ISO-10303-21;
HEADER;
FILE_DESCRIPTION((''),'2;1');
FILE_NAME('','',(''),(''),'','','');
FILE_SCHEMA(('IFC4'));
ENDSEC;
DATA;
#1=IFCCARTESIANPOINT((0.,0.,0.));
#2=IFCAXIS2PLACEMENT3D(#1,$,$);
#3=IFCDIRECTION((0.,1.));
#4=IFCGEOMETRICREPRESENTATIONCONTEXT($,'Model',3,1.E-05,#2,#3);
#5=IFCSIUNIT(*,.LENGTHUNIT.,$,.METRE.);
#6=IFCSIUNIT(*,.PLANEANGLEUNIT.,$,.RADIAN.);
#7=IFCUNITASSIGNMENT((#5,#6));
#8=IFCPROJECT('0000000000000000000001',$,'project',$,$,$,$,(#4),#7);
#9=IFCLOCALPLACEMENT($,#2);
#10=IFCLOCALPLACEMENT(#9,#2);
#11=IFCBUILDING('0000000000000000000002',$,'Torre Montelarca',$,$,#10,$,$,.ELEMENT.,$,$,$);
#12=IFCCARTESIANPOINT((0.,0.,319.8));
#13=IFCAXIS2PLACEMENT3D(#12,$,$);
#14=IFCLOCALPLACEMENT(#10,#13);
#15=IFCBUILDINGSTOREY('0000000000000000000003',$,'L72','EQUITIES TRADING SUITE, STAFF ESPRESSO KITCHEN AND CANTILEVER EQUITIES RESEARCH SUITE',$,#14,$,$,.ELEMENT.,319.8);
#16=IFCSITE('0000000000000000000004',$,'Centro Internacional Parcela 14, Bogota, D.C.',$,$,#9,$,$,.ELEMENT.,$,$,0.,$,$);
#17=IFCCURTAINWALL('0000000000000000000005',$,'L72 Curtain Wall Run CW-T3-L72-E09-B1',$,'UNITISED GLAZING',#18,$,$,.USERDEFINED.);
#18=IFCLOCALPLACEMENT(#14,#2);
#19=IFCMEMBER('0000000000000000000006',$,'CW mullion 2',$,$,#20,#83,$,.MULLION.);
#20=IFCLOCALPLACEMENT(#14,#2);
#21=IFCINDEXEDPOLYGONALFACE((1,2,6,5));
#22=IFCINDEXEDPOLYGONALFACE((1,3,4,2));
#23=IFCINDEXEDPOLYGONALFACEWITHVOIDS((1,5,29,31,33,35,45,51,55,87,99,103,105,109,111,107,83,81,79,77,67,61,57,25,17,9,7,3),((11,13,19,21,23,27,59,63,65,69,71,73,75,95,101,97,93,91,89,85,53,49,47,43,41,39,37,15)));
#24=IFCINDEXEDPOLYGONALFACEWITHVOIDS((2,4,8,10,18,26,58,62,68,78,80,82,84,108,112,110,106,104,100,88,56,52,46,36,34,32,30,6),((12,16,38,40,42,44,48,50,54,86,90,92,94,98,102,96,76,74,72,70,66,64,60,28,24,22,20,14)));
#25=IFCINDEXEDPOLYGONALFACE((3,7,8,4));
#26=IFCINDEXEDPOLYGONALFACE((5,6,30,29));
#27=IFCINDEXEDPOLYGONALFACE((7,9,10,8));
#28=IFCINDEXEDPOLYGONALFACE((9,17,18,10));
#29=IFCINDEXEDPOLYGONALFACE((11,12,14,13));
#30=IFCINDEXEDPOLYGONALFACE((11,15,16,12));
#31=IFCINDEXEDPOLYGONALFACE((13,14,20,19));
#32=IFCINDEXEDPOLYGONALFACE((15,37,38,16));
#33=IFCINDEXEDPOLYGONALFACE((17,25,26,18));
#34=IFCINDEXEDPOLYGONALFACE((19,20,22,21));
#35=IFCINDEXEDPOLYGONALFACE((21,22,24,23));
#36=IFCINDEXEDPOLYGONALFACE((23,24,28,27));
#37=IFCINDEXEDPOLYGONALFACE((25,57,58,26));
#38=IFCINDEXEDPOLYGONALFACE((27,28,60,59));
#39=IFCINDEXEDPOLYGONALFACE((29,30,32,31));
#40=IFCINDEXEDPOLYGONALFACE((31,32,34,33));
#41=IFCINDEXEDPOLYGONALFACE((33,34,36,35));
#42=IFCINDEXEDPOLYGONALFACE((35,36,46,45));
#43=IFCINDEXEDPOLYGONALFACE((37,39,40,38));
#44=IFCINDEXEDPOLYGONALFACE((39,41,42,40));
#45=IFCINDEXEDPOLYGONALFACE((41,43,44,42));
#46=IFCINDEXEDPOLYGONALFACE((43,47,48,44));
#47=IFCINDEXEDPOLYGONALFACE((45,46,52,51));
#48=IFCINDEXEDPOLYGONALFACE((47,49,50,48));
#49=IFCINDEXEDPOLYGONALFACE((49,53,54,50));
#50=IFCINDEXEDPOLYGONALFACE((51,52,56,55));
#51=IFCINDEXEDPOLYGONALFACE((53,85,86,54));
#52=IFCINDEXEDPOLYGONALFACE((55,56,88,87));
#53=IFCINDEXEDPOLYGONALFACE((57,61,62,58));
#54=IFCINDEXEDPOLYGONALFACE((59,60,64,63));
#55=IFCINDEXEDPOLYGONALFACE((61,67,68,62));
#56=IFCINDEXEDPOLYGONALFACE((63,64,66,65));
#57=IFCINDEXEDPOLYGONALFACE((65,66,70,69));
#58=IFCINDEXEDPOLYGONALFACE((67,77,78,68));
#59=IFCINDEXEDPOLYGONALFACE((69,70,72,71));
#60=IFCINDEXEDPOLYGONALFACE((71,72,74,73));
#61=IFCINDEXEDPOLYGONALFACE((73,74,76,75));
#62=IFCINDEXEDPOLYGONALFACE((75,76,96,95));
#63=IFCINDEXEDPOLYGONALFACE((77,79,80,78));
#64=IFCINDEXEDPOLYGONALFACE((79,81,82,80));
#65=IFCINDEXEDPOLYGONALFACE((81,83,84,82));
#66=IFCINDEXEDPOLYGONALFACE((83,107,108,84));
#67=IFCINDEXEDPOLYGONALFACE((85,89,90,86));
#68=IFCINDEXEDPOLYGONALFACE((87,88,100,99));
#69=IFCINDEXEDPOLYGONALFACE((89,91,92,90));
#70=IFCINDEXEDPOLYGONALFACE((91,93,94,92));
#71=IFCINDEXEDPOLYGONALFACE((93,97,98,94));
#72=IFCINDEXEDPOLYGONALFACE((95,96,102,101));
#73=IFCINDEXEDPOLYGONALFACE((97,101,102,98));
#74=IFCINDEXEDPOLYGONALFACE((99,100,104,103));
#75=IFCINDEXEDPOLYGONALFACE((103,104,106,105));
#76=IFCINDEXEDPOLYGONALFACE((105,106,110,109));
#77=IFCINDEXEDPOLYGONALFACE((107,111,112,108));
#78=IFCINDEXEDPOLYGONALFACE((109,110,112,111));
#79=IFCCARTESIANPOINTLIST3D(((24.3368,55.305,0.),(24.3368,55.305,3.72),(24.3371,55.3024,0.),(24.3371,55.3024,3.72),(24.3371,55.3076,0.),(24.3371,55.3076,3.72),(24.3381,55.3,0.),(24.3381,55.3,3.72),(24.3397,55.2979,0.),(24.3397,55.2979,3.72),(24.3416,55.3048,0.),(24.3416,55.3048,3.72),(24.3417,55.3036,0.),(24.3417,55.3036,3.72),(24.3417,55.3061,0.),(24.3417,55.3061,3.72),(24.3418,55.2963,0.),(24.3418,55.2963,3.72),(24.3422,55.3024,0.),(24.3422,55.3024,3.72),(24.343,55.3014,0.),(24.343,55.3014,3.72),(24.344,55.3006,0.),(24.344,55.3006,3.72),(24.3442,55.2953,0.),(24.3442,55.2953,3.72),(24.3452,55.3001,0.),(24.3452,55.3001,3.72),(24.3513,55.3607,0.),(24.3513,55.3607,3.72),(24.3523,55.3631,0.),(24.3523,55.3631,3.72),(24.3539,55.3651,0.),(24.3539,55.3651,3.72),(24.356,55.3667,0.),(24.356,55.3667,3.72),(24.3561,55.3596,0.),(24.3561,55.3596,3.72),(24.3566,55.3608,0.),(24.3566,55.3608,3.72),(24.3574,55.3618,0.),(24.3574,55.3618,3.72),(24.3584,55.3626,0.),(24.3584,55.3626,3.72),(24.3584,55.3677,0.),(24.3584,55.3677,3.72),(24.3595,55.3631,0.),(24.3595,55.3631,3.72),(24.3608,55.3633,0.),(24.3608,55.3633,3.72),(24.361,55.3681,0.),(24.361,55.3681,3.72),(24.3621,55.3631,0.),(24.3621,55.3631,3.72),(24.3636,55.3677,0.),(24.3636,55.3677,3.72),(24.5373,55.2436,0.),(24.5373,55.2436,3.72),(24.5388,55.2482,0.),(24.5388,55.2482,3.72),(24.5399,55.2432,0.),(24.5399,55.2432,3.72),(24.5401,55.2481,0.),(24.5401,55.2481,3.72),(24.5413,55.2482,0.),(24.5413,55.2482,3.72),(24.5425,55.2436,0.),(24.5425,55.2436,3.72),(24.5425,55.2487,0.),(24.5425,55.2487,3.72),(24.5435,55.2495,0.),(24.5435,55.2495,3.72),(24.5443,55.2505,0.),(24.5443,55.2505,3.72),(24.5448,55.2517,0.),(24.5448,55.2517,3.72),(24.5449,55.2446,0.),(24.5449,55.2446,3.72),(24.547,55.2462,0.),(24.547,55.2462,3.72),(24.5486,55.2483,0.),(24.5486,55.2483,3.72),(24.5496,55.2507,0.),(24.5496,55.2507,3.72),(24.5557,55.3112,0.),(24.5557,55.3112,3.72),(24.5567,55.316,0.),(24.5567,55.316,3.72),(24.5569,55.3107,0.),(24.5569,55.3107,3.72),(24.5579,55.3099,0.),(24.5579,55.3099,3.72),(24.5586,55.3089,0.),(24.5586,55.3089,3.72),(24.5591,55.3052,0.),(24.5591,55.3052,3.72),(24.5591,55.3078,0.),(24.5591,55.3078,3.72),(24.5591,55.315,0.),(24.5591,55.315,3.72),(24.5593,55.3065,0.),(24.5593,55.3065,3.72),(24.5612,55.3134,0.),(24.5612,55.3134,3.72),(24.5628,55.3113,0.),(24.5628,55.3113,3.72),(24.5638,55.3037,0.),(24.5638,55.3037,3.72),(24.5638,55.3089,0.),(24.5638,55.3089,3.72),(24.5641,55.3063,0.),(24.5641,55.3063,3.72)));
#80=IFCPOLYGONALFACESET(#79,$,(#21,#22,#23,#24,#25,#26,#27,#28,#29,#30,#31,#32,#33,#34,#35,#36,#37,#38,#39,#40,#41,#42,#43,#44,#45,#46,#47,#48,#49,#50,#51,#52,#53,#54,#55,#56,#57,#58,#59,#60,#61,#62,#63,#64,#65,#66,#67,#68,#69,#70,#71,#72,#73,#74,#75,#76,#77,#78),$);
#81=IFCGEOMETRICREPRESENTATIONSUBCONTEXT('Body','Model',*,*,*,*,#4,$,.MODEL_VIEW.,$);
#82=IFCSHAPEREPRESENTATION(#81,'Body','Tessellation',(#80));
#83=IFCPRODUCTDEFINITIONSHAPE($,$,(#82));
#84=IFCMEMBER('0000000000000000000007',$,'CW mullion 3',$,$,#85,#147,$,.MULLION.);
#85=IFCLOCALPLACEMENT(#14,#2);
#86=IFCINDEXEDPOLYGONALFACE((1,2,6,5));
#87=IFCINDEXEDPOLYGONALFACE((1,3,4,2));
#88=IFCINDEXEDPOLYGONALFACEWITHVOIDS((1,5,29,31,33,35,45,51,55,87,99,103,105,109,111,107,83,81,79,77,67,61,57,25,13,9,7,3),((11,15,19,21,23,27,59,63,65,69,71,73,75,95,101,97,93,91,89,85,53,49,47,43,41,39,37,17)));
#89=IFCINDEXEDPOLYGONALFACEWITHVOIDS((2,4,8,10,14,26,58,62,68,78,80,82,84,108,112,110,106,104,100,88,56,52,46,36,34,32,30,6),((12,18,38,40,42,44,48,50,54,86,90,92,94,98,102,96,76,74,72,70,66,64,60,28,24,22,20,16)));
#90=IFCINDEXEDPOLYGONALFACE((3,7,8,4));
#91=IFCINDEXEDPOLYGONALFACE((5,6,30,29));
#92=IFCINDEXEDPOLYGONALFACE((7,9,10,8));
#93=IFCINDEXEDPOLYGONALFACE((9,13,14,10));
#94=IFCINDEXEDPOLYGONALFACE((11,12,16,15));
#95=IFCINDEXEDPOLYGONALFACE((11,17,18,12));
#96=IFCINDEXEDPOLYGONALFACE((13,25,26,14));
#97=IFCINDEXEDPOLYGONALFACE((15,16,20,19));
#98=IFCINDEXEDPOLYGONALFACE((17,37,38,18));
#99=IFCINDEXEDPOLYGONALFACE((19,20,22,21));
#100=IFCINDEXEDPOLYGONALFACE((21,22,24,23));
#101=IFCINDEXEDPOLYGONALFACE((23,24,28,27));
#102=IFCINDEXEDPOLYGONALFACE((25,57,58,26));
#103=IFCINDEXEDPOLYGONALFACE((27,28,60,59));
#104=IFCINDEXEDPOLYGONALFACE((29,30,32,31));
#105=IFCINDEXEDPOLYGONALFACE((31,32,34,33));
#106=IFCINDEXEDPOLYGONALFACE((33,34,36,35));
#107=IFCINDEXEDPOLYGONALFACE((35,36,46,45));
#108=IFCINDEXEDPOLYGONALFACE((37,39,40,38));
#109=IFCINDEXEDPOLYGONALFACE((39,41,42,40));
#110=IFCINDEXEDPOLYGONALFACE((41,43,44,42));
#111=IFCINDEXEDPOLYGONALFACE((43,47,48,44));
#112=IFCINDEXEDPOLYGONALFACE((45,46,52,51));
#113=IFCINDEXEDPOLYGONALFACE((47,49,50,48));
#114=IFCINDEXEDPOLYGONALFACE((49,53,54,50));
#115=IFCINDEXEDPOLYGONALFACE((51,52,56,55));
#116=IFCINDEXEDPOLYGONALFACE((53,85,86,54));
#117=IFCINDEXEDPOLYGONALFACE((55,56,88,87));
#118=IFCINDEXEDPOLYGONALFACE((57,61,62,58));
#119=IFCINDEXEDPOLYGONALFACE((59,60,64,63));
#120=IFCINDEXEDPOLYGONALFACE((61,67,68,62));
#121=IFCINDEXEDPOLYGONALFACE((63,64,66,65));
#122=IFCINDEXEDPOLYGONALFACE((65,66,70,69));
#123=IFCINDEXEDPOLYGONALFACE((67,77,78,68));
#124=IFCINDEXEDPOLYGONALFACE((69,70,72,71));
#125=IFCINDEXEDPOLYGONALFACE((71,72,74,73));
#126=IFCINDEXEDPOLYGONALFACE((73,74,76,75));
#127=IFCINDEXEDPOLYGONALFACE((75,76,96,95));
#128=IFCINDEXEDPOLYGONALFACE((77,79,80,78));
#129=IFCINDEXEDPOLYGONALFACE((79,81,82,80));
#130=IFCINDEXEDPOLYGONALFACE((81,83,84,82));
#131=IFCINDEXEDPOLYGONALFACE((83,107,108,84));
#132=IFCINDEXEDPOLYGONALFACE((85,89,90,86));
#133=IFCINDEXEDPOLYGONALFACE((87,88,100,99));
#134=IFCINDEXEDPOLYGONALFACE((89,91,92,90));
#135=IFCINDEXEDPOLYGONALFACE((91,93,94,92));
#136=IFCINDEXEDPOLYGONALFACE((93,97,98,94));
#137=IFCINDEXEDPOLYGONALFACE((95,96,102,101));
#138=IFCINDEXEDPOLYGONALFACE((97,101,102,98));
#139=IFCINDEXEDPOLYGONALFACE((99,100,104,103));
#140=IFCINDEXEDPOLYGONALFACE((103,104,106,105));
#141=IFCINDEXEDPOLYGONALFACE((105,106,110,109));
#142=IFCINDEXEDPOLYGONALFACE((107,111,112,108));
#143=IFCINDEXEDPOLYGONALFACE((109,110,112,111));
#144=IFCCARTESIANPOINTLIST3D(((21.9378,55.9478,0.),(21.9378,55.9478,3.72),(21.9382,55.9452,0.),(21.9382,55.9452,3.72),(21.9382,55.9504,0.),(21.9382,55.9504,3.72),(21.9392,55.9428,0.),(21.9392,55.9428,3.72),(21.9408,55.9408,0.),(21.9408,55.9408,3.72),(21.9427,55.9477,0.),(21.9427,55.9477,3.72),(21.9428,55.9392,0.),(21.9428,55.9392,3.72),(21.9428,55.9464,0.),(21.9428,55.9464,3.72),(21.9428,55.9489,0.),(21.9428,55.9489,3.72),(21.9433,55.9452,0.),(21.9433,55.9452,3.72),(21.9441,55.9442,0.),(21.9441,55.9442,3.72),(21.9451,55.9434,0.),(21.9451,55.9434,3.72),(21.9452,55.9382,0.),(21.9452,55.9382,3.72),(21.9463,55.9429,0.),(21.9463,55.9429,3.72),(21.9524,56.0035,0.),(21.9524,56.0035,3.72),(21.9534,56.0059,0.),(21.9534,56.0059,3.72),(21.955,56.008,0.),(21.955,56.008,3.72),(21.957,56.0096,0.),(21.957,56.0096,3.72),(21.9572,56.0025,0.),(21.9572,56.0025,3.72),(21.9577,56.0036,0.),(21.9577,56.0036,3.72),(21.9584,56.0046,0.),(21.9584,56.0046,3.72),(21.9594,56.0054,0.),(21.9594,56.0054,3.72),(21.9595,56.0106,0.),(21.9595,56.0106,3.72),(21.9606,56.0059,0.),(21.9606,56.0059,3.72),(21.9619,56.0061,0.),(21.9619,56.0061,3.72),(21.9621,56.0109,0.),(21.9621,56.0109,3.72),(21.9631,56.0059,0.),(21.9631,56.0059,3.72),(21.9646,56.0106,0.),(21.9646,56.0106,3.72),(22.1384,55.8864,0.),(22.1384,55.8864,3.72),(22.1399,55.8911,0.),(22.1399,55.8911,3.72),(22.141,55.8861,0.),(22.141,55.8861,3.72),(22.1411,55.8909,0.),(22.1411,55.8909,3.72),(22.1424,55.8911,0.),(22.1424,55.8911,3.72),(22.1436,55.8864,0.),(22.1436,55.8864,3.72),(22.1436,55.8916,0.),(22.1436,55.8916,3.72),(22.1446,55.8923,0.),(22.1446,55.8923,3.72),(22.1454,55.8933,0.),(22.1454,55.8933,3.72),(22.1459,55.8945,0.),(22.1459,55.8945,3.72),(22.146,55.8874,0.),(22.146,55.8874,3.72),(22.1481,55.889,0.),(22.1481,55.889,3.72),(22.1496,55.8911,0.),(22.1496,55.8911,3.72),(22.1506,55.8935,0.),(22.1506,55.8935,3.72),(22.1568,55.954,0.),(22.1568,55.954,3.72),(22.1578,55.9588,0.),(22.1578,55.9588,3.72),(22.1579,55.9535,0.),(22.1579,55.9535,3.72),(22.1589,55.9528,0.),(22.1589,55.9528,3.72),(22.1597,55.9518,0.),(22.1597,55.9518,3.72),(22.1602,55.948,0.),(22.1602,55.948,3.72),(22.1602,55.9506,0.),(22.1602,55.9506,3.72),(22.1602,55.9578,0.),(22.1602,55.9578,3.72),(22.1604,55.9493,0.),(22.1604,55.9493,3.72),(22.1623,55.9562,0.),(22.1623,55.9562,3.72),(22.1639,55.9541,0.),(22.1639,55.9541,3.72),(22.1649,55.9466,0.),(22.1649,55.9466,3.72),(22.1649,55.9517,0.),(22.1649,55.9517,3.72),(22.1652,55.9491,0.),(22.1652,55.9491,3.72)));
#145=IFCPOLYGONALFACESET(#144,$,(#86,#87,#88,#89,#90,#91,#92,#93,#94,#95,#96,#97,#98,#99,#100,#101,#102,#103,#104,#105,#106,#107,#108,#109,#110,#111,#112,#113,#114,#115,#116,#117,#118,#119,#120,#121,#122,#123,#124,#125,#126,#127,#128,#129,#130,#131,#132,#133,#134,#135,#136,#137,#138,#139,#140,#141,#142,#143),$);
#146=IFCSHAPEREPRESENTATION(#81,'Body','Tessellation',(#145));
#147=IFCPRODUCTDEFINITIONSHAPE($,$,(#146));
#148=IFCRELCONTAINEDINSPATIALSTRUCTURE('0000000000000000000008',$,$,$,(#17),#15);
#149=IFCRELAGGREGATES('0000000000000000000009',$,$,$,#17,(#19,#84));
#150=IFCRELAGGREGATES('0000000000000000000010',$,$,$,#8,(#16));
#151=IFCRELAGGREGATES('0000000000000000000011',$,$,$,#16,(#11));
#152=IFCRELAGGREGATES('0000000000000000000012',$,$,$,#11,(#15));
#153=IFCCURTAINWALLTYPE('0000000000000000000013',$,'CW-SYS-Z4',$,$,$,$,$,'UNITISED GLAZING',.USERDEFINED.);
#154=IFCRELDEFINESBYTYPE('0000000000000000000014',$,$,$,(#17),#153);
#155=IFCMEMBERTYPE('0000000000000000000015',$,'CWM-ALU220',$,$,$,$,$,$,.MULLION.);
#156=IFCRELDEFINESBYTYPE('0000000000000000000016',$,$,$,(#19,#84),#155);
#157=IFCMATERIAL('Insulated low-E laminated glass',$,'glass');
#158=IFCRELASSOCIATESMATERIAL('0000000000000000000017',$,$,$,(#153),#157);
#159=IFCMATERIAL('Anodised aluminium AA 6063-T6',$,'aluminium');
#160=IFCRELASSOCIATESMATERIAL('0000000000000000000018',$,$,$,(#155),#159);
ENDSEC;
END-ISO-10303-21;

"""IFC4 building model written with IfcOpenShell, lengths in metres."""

from ifc_helpers import new_model, si_unit, direction, frame, origin, origin_2d, place, context, subcontext, project, spatial, hollow_rectangle, extrude, source, transform, mapped, material, material_profile, profile_set, type_object, element, aggregate, save


model = new_model("IFC4")

# Units and contexts
model_context = context("Model", 3, precision=1e-05, world=origin(), true_north=direction((0.0, 1.0)))
body_context = subcontext(model_context, "Body", "Model", "MODEL_VIEW")
ifc_project = project(units=[si_unit("LENGTHUNIT", "METRE"), si_unit("PLANEANGLEUNIT", "RADIAN")], contexts=[model_context])

# Site, building, storey
site_placement = place(None, origin())
site = spatial("IfcSite", under=ifc_project, at=site_placement, Name="Centro Internacional Parcela 14, Bogota, D.C.", CompositionType="ELEMENT", RefElevation=0.0)
building_placement = place(site_placement, origin())
building = spatial("IfcBuilding", under=site, at=building_placement, Name="Torre Montelarca", CompositionType="ELEMENT")
storey_placement = place(building_placement, frame((0.0, 0.0, 319.8)))
storey = spatial("IfcBuildingStorey", under=building, at=storey_placement, Name="L72", Description="EQUITIES TRADING SUITE, STAFF ESPRESSO KITCHEN AND CANTILEVER EQUITIES RESEARCH SUITE", CompositionType="ELEMENT", Elevation=319.8)

# Curtain wall, members
ifc_material_1 = material(Name="Insulated low-E laminated glass", Category="glass")
curtain_wall_type = type_object("IfcCurtainWallType", Name="CW-SYS-Z4", ElementType="UNITISED GLAZING", PredefinedType="USERDEFINED", material=ifc_material_1)
ifc_material_2 = material(Name="Anodised aluminium AA 6063-T6", Category="aluminium")
ifc_material_profile_1 = material_profile(ifc_material_2, hollow_rectangle(XDim=0.075, YDim=0.22, WallThickness=0.0049, InnerFilletRadius=0.0049, OuterFilletRadius=0.01, at=origin_2d()), Name="ALU75X220X5", Category="aluminium")
ifc_profile_set_1 = profile_set([ifc_material_profile_1], Name="Anodised aluminium AA 6063-T6")
member_type_1 = type_object("IfcMemberType", Name="CWM-ALU220", PredefinedType="MULLION", material=ifc_profile_set_1)
shared_shape_1 = source(origin(), body_context, "Body", "SweptSolid", [
    extrude(hollow_rectangle(XDim=0.075, YDim=0.22, WallThickness=0.0049, InnerFilletRadius=0.0049, OuterFilletRadius=0.01, at=origin_2d()), origin(), (0.0, 0.0, 1.0), 3.72),
])
curtain_wall_1_placement = place(storey_placement, origin())
curtain_wall_1 = element("IfcCurtainWall", 1, at=curtain_wall_1_placement, inside=storey, type_object=curtain_wall_type, Name="L72 Curtain Wall Run CW-T3-L72-E09-B1", ObjectType="UNITISED GLAZING", PredefinedType="USERDEFINED")
member_1_placement = place(storey_placement, frame((24.4504, 55.3057, 0.0), z_axis=(0.0, 0.0, 1.0), x_axis=(-0.258815, -0.965927, 0.0)))
member_1 = element("IfcMember", 2, at=member_1_placement, type_object=member_type_1, Name="CW mullion 2", PredefinedType="MULLION", context=body_context, shape_type="MappedRepresentation", body=[
    mapped(shared_shape_1, transform((0.0, 0.0, 0.0), scale=1.0)),
])
member_2_placement = place(storey_placement, frame((22.0515, 55.9485, 0.0), z_axis=(0.0, 0.0, 1.0), x_axis=(-0.258815, -0.965927, 0.0)))
member_2 = element("IfcMember", 3, at=member_2_placement, type_object=member_type_1, Name="CW mullion 3", PredefinedType="MULLION", context=body_context, shape_type="MappedRepresentation", body=[
    mapped(shared_shape_1, transform((0.0, 0.0, 0.0), scale=1.0)),
])

aggregate(curtain_wall_1, [member_1, member_2])

save(model, "model.ifc")
